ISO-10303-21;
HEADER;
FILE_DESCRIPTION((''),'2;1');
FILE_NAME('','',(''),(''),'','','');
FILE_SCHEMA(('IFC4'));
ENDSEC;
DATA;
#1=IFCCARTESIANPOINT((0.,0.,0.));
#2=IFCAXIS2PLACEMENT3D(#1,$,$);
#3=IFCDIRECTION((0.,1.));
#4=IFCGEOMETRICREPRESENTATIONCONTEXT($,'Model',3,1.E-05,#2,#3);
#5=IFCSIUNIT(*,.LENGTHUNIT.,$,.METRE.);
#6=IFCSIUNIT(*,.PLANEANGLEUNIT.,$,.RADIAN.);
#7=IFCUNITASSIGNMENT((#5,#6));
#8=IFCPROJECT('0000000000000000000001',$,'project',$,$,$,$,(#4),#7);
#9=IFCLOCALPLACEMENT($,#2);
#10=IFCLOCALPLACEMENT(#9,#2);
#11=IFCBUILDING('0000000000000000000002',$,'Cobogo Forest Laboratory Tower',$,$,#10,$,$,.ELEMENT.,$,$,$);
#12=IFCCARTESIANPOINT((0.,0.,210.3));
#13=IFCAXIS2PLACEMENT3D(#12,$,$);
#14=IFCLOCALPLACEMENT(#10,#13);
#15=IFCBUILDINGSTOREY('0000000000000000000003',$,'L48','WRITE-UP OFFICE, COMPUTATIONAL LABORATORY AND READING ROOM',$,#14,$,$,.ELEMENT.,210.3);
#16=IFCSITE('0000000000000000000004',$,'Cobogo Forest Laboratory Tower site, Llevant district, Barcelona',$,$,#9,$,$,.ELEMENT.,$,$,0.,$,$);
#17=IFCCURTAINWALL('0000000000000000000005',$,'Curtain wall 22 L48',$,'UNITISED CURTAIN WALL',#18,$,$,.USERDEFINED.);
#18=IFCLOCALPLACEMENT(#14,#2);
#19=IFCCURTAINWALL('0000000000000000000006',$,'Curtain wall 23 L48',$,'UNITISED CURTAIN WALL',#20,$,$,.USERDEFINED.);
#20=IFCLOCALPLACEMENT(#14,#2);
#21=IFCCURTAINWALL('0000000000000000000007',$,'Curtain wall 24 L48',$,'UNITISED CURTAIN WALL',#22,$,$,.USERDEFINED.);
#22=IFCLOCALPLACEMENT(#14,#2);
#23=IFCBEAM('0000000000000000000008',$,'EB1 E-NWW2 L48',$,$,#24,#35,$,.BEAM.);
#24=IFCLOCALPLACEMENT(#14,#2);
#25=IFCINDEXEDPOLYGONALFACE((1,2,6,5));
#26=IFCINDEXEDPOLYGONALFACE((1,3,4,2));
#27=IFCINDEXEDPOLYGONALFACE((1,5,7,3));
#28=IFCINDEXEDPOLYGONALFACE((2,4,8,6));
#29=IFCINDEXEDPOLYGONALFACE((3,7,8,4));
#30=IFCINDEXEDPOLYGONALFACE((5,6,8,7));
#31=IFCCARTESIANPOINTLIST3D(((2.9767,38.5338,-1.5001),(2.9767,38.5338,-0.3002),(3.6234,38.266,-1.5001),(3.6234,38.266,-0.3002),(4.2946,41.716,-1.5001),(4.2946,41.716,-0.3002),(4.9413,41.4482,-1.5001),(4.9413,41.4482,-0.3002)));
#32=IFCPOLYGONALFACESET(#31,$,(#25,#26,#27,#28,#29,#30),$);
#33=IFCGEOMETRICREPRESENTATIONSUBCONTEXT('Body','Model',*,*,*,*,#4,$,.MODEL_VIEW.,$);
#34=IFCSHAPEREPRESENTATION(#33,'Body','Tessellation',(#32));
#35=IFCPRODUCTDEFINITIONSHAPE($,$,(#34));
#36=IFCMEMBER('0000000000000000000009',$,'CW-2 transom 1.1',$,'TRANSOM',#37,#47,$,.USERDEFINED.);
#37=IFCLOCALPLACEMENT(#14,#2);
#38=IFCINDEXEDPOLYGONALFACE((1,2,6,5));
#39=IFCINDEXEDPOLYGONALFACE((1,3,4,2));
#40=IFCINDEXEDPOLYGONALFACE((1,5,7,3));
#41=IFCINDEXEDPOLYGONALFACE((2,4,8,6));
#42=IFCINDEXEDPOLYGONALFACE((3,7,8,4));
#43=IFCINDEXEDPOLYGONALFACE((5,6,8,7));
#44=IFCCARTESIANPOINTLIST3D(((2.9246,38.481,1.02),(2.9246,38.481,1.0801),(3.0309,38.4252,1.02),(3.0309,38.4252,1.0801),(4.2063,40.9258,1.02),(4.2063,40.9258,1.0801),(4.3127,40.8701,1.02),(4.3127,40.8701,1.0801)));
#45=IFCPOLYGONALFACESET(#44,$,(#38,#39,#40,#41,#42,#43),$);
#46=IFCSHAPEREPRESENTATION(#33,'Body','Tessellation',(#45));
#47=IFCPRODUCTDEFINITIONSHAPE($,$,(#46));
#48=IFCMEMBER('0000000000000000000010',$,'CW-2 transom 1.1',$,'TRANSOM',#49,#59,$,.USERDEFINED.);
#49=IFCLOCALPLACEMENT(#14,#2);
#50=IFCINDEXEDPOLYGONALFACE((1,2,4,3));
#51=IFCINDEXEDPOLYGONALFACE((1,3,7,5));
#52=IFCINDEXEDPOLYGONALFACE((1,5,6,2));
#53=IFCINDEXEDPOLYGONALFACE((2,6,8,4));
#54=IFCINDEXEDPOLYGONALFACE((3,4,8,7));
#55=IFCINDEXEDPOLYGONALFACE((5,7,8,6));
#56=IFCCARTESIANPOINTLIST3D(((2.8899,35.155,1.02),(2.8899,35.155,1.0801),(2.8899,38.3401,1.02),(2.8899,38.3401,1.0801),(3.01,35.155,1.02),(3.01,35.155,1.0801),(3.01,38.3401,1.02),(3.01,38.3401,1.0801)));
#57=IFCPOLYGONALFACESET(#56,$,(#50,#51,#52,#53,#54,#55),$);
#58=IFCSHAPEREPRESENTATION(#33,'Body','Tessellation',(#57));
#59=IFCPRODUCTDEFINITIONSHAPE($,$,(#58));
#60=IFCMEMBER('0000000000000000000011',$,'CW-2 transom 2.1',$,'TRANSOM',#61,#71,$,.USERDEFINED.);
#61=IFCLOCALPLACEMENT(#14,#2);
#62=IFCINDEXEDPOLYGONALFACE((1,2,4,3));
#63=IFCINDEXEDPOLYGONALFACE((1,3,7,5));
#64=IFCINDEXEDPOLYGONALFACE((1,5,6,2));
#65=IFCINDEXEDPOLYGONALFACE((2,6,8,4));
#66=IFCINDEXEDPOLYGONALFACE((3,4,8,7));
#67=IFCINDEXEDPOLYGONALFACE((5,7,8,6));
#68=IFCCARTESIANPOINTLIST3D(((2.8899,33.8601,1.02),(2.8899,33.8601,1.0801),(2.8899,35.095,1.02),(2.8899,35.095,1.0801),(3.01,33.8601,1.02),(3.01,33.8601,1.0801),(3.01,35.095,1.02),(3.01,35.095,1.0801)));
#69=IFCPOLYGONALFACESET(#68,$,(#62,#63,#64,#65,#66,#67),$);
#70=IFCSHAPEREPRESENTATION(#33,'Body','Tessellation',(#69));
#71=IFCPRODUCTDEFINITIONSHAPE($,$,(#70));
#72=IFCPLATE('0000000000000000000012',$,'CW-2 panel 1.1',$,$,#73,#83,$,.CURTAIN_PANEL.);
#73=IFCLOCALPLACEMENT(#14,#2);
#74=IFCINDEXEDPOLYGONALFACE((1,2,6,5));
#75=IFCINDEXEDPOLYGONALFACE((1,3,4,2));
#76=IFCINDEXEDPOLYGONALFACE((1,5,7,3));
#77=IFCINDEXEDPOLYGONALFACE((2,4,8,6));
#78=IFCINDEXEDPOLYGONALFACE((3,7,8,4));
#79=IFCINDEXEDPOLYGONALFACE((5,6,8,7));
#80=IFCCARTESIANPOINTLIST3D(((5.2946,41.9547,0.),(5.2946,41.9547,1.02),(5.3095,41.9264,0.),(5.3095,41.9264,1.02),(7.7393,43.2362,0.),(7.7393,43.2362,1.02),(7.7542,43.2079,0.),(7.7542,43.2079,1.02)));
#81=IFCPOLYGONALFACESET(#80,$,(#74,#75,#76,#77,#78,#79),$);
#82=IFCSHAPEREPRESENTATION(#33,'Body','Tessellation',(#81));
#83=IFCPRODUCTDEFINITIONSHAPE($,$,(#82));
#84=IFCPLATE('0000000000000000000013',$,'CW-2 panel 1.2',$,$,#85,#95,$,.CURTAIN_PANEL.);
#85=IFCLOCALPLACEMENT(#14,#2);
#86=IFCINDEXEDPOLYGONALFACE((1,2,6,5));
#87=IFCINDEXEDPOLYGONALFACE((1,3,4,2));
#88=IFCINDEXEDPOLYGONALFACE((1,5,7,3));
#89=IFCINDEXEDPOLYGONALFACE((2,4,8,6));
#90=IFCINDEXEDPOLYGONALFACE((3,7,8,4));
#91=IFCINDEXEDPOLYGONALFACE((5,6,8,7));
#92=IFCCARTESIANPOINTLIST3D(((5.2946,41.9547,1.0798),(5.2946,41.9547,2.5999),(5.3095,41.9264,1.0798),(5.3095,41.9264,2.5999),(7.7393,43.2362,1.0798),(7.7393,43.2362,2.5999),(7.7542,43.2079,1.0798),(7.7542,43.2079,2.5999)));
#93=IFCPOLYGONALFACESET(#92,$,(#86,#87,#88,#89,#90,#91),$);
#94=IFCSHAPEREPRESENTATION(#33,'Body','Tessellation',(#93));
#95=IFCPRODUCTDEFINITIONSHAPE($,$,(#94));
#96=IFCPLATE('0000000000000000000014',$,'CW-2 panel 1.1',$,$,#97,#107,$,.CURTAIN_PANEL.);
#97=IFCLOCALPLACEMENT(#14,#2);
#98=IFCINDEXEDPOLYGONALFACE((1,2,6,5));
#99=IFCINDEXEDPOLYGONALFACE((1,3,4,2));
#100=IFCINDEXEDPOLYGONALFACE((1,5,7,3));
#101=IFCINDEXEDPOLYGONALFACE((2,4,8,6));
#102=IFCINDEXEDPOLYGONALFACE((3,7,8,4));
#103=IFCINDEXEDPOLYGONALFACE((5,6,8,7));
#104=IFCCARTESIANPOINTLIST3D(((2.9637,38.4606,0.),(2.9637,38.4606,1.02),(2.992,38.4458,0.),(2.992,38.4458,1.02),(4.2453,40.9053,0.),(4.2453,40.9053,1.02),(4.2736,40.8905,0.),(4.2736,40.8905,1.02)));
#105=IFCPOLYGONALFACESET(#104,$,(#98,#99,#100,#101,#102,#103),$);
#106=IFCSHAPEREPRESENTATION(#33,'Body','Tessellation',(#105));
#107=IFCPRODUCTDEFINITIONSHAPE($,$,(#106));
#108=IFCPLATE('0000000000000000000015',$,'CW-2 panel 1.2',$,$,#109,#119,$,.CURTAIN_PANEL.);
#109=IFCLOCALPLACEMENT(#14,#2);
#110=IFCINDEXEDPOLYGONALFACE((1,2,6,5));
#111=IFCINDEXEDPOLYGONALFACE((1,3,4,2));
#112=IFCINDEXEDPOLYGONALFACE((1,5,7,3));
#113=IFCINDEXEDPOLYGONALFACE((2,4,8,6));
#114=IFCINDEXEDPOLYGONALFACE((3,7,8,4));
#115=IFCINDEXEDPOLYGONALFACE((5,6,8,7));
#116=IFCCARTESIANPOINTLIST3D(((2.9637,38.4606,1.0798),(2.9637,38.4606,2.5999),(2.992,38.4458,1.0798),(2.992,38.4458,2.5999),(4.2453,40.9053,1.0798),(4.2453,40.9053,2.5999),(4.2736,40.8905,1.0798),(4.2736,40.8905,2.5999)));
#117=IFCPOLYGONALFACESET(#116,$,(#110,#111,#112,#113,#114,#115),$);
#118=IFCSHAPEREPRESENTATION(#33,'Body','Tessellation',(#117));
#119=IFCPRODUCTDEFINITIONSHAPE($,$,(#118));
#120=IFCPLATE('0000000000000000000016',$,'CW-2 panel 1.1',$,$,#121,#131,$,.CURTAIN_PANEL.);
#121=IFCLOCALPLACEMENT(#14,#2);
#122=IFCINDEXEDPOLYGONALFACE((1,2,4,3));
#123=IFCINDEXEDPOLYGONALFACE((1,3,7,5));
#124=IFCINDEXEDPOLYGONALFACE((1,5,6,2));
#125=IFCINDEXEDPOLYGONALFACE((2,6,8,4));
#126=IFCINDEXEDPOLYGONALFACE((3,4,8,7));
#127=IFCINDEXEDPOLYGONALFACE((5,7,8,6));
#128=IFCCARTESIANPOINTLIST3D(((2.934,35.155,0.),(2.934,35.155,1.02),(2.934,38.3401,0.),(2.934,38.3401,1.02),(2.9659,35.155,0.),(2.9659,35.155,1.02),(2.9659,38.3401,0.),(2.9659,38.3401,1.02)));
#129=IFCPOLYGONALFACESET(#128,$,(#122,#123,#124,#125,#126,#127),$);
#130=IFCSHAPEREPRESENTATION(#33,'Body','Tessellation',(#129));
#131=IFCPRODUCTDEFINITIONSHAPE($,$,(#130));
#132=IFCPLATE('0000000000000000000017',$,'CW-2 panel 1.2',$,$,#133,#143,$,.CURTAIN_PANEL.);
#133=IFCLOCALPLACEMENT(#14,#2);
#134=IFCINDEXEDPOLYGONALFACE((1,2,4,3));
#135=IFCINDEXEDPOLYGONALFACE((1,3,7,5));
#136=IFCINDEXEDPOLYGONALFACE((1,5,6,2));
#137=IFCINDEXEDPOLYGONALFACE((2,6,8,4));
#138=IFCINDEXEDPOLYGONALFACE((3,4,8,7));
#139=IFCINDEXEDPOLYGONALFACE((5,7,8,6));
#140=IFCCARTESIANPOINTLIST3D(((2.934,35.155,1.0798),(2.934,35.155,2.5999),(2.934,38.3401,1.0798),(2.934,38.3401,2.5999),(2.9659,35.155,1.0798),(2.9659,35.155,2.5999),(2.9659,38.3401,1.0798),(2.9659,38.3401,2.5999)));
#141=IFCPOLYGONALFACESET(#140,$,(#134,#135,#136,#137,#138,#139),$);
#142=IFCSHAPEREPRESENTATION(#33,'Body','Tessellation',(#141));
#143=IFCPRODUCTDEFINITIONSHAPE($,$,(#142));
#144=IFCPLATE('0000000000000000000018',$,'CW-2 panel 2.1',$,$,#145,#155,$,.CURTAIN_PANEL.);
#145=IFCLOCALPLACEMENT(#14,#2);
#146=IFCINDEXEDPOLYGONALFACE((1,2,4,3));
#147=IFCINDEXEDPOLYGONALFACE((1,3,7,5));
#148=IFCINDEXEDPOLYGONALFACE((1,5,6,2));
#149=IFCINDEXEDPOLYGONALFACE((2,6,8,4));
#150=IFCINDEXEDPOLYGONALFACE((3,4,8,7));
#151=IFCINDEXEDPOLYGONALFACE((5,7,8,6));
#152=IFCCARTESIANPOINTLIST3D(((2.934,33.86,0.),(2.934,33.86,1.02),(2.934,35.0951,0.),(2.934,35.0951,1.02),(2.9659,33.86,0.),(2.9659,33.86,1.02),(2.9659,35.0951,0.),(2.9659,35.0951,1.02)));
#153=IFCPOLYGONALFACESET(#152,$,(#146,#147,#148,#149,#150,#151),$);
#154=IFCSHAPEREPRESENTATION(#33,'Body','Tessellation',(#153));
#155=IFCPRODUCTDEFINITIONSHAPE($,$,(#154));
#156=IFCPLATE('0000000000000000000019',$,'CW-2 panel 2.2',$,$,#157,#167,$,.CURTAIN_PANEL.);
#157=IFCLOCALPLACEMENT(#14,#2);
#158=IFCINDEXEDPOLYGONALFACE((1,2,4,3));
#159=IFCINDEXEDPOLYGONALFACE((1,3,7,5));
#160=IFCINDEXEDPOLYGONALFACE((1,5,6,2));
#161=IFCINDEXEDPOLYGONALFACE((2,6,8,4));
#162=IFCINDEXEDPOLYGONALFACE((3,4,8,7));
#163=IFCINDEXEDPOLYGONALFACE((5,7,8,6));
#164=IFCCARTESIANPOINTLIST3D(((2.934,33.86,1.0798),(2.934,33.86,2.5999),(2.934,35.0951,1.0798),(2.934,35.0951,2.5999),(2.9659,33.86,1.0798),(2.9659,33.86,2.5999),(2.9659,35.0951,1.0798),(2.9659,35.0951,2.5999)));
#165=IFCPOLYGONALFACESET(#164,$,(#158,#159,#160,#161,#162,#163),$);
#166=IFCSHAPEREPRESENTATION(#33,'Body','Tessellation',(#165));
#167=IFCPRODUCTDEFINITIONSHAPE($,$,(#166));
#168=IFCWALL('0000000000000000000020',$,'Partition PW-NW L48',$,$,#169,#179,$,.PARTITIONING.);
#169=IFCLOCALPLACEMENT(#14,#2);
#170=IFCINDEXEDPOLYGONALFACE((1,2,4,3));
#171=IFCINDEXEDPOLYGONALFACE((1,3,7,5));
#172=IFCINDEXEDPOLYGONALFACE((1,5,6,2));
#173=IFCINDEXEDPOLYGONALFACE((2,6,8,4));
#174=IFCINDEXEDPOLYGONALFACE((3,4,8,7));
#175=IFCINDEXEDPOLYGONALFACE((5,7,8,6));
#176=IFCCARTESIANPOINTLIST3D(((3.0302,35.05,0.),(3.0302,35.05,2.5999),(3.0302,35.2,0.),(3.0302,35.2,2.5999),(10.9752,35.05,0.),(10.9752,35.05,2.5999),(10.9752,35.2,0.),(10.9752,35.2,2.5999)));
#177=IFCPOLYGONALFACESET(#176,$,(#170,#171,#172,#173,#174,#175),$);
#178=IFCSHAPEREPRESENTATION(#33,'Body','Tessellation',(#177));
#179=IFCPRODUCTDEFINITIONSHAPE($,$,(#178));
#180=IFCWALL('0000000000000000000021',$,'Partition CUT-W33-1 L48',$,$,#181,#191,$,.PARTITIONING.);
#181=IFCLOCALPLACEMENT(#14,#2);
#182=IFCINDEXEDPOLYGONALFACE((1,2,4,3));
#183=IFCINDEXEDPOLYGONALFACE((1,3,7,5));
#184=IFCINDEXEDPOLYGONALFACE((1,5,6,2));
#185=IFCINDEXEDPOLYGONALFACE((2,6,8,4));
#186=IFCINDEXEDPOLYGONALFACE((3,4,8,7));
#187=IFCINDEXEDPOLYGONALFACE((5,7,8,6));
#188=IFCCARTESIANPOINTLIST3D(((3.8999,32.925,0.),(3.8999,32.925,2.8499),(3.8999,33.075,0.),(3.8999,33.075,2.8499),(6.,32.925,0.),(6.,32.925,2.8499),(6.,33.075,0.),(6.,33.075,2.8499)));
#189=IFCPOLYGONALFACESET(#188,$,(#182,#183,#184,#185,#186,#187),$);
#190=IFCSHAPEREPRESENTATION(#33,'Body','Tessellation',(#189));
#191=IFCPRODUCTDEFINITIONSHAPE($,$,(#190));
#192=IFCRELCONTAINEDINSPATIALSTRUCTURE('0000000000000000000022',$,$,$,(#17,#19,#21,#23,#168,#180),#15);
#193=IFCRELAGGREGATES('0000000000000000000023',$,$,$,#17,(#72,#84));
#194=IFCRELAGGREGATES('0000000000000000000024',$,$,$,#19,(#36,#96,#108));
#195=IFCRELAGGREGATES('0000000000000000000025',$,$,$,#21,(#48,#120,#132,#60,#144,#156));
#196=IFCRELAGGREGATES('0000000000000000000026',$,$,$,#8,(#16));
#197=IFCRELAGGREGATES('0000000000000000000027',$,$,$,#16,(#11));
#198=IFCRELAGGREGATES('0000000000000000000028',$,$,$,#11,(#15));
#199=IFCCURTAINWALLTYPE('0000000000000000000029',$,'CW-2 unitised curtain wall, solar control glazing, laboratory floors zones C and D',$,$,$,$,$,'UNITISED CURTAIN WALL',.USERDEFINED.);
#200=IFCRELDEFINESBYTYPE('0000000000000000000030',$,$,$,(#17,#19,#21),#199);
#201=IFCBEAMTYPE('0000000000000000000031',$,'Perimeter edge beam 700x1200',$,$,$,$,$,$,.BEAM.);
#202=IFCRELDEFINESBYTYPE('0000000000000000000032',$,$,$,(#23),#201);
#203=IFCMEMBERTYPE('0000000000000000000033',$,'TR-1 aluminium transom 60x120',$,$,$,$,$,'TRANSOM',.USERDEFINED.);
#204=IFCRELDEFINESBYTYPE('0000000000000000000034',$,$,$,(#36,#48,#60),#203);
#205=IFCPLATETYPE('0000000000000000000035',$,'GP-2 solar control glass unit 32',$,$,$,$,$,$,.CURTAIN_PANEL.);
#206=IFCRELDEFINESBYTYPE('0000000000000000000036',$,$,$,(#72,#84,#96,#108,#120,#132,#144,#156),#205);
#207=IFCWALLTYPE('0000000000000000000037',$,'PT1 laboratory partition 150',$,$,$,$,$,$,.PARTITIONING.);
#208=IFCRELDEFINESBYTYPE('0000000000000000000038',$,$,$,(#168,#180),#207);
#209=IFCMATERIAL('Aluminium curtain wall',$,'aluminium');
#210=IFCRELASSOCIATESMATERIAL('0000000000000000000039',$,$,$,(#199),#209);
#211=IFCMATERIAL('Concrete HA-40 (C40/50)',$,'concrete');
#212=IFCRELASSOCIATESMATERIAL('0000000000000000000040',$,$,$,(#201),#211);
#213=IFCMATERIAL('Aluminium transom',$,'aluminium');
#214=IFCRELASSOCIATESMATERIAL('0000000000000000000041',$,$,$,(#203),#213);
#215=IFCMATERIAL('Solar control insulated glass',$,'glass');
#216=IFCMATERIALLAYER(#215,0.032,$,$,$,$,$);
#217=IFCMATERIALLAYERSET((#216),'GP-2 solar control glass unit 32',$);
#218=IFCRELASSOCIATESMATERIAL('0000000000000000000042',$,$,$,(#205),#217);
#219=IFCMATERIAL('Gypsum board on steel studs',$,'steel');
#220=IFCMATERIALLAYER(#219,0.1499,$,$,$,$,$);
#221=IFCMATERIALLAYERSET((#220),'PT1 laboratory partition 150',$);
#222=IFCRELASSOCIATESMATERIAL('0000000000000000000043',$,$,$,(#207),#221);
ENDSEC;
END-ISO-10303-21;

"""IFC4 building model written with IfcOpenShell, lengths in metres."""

from ifc_helpers import new_model, si_unit, direction, frame, frame_2d, origin, origin_2d, place, context, subcontext, project, spatial, rectangle, extrude, material, layer, layer_set, material_profile, profile_set, type_object, element, aggregate, save


model = new_model("IFC4")

# Units and contexts
model_context = context("Model", 3, precision=1e-05, world=origin(), true_north=direction((0.0, 1.0)))
body_context = subcontext(model_context, "Body", "Model", "MODEL_VIEW")
ifc_project = project(units=[si_unit("LENGTHUNIT", "METRE"), si_unit("PLANEANGLEUNIT", "RADIAN")], contexts=[model_context])

# Site, building, storey
site_placement = place(None, origin())
site = spatial("IfcSite", under=ifc_project, at=site_placement, Name="Cobogo Forest Laboratory Tower site, Llevant district, Barcelona", CompositionType="ELEMENT", RefElevation=0.0)
building_placement = place(site_placement, origin())
building = spatial("IfcBuilding", under=site, at=building_placement, Name="Cobogo Forest Laboratory Tower", CompositionType="ELEMENT")
storey_placement = place(building_placement, frame((0.0, 0.0, 210.3)))
storey = spatial("IfcBuildingStorey", under=building, at=storey_placement, Name="L48", Description="WRITE-UP OFFICE, COMPUTATIONAL LABORATORY AND READING ROOM", CompositionType="ELEMENT", Elevation=210.3)

# Curtain wall
ifc_material_1 = material(Name="Aluminium curtain wall", Category="aluminium")
curtain_wall_type = type_object("IfcCurtainWallType", Name="CW-2 unitised curtain wall, solar control glazing, laboratory floors zones C and D", ElementType="UNITISED CURTAIN WALL", PredefinedType="USERDEFINED", material=ifc_material_1)
curtain_wall_1_placement = place(storey_placement, origin())
curtain_wall_1 = element("IfcCurtainWall", 1, at=curtain_wall_1_placement, inside=storey, type_object=curtain_wall_type, Name="Curtain wall 22 L48", ObjectType="UNITISED CURTAIN WALL", PredefinedType="USERDEFINED")

# Curtain walls
curtain_wall_2_placement = place(storey_placement, origin())
curtain_wall_2 = element("IfcCurtainWall", 2, at=curtain_wall_2_placement, inside=storey, type_object=curtain_wall_type, Name="Curtain wall 23 L48", ObjectType="UNITISED CURTAIN WALL", PredefinedType="USERDEFINED")
curtain_wall_3_placement = place(storey_placement, origin())
curtain_wall_3 = element("IfcCurtainWall", 3, at=curtain_wall_3_placement, inside=storey, type_object=curtain_wall_type, Name="Curtain wall 24 L48", ObjectType="UNITISED CURTAIN WALL", PredefinedType="USERDEFINED")

# Beam
ifc_material_2 = material(Name="Concrete HA-40 (C40/50)", Category="concrete")
ifc_material_profile_1 = material_profile(ifc_material_2, rectangle(XDim=0.7, YDim=1.2, at=origin_2d()), Name="RC 700x1200")
ifc_profile_set_1 = profile_set([ifc_material_profile_1], Name="Concrete HA-40 (C40/50)")
beam_type_1 = type_object("IfcBeamType", Name="Perimeter edge beam 700x1200", PredefinedType="BEAM", material=ifc_profile_set_1)
beam_1_placement = place(storey_placement, frame((3.3, 38.3999, -0.9001), z_axis=(0.382631, 0.923901, 0.0), x_axis=(-0.923901, 0.382631, 0.0)))
element("IfcBeam", 4, at=beam_1_placement, inside=storey, type_object=beam_type_1, Name="EB1 E-NWW2 L48", PredefinedType="BEAM", context=body_context, shape_type="SweptSolid", body=[
    extrude(rectangle(XDim=0.7, YDim=1.2, at=origin_2d()), origin(), (0.0, 0.0, 1.0), 3.4443),
])

# Members
ifc_material_3 = material(Name="Aluminium transom", Category="aluminium")
ifc_material_profile_2 = material_profile(ifc_material_3, rectangle(XDim=0.1201, YDim=0.0601, at=origin_2d()), Name="AL 60x120")
ifc_profile_set_2 = profile_set([ifc_material_profile_2], Name="Aluminium transom")
member_type_1 = type_object("IfcMemberType", Name="TR-1 aluminium transom 60x120", ElementType="TRANSOM", PredefinedType="USERDEFINED", material=ifc_profile_set_2)
member_1_placement = place(storey_placement, frame((4.2595, 40.8979, 1.05), z_axis=(-0.464324, -0.885665, 0.0), x_axis=(0.885665, -0.464324, 0.0)))
member_1 = element("IfcMember", 5, at=member_1_placement, type_object=member_type_1, Name="CW-2 transom 1.1", ObjectType="TRANSOM", PredefinedType="USERDEFINED", context=body_context, shape_type="SweptSolid", body=[
    extrude(rectangle(XDim=0.1201, YDim=0.0601, at=origin_2d()), origin(), (0.0, 0.0, 1.0), 2.7605),
])
member_2_placement = place(storey_placement, frame((2.95, 38.3401, 1.05), z_axis=(0.0, -1.0, 0.0), x_axis=(1.0, 0.0, 0.0)))
member_2 = element("IfcMember", 6, at=member_2_placement, type_object=member_type_1, Name="CW-2 transom 1.1", ObjectType="TRANSOM", PredefinedType="USERDEFINED", context=body_context, shape_type="SweptSolid", body=[
    extrude(rectangle(XDim=0.1201, YDim=0.0601, at=origin_2d()), origin(), (0.0, 0.0, 1.0), 3.1851),
])
member_3_placement = place(storey_placement, frame((2.95, 35.095, 1.05), z_axis=(0.0, -1.0, 0.0), x_axis=(1.0, 0.0, 0.0)))
member_3 = element("IfcMember", 7, at=member_3_placement, type_object=member_type_1, Name="CW-2 transom 2.1", ObjectType="TRANSOM", PredefinedType="USERDEFINED", context=body_context, shape_type="SweptSolid", body=[
    extrude(rectangle(XDim=0.1201, YDim=0.0601, at=origin_2d()), origin(), (0.0, 0.0, 1.0), 1.2349),
])

# Plates
ifc_material_4 = material(Name="Solar control insulated glass", Category="glass")
ifc_layer_1 = layer(ifc_material_4, 0.032)
ifc_layer_set_1 = layer_set([ifc_layer_1], Name="GP-2 solar control glass unit 32")
plate_type = type_object("IfcPlateType", Name="GP-2 solar control glass unit 32", PredefinedType="CURTAIN_PANEL", material=ifc_layer_set_1)
plate_1_placement = place(storey_placement, frame((6.5244, 42.5813, 0.0), z_axis=(0.0, 0.0, 1.0), x_axis=(-0.885686, -0.464284, 0.0)))
plate_1 = element("IfcPlate", 8, at=plate_1_placement, type_object=plate_type, Name="CW-2 panel 1.1", PredefinedType="CURTAIN_PANEL", context=body_context, shape_type="SweptSolid", body=[
    extrude(rectangle(XDim=2.7603, YDim=0.032, at=origin_2d()), origin(), (0.0, 0.0, 1.0), 1.02),
])
plate_2_placement = place(storey_placement, frame((6.5244, 42.5813, 1.0798), z_axis=(0.0, 0.0, 1.0), x_axis=(-0.885686, -0.464284, 0.0)))
plate_2 = element("IfcPlate", 9, at=plate_2_placement, type_object=plate_type, Name="CW-2 panel 1.2", PredefinedType="CURTAIN_PANEL", context=body_context, shape_type="SweptSolid", body=[
    extrude(rectangle(XDim=2.7603, YDim=0.032, at=origin_2d()), origin(), (0.0, 0.0, 1.0), 1.52),
])
aggregate(curtain_wall_1, [plate_1, plate_2])
plate_3_placement = place(storey_placement, frame((3.6187, 39.6755, 0.0), z_axis=(0.0, 0.0, 1.0), x_axis=(-0.464284, -0.885686, 0.0)))
plate_3 = element("IfcPlate", 10, at=plate_3_placement, type_object=plate_type, Name="CW-2 panel 1.1", PredefinedType="CURTAIN_PANEL", context=body_context, shape_type="SweptSolid", body=[
    extrude(rectangle(XDim=2.7603, YDim=0.032, at=origin_2d()), origin(), (0.0, 0.0, 1.0), 1.02),
])
plate_4_placement = place(storey_placement, frame((3.6187, 39.6755, 1.0798), z_axis=(0.0, 0.0, 1.0), x_axis=(-0.464284, -0.885686, 0.0)))
plate_4 = element("IfcPlate", 11, at=plate_4_placement, type_object=plate_type, Name="CW-2 panel 1.2", PredefinedType="CURTAIN_PANEL", context=body_context, shape_type="SweptSolid", body=[
    extrude(rectangle(XDim=2.7603, YDim=0.032, at=origin_2d()), origin(), (0.0, 0.0, 1.0), 1.52),
])
aggregate(curtain_wall_2, [member_1, plate_3, plate_4])
plate_5_placement = place(storey_placement, frame((2.95, 36.7476, 0.0), z_axis=(0.0, 0.0, 1.0), x_axis=(0.0, -1.0, 0.0)))
plate_5 = element("IfcPlate", 12, at=plate_5_placement, type_object=plate_type, Name="CW-2 panel 1.1", PredefinedType="CURTAIN_PANEL", context=body_context, shape_type="SweptSolid", body=[
    extrude(rectangle(XDim=3.1851, YDim=0.032, at=origin_2d()), origin(), (0.0, 0.0, 1.0), 1.02),
])
plate_6_placement = place(storey_placement, frame((2.95, 36.7476, 1.0798), z_axis=(0.0, 0.0, 1.0), x_axis=(0.0, -1.0, 0.0)))
plate_6 = element("IfcPlate", 13, at=plate_6_placement, type_object=plate_type, Name="CW-2 panel 1.2", PredefinedType="CURTAIN_PANEL", context=body_context, shape_type="SweptSolid", body=[
    extrude(rectangle(XDim=3.1851, YDim=0.032, at=origin_2d()), origin(), (0.0, 0.0, 1.0), 1.52),
])
plate_7_placement = place(storey_placement, frame((2.95, 34.4775, 0.0), z_axis=(0.0, 0.0, 1.0), x_axis=(0.0, -1.0, 0.0)))
plate_7 = element("IfcPlate", 14, at=plate_7_placement, type_object=plate_type, Name="CW-2 panel 2.1", PredefinedType="CURTAIN_PANEL", context=body_context, shape_type="SweptSolid", body=[
    extrude(rectangle(XDim=1.2351, YDim=0.032, at=origin_2d()), origin(), (0.0, 0.0, 1.0), 1.02),
])
plate_8_placement = place(storey_placement, frame((2.95, 34.4775, 1.0798), z_axis=(0.0, 0.0, 1.0), x_axis=(0.0, -1.0, 0.0)))
plate_8 = element("IfcPlate", 15, at=plate_8_placement, type_object=plate_type, Name="CW-2 panel 2.2", PredefinedType="CURTAIN_PANEL", context=body_context, shape_type="SweptSolid", body=[
    extrude(rectangle(XDim=1.2351, YDim=0.032, at=origin_2d()), origin(), (0.0, 0.0, 1.0), 1.52),
])
aggregate(curtain_wall_3, [member_2, plate_5, plate_6, member_3, plate_7, plate_8])

# Walls
ifc_material_5 = material(Name="Gypsum board on steel studs", Category="steel")
ifc_layer_2 = layer(ifc_material_5, 0.1499)
ifc_layer_set_2 = layer_set([ifc_layer_2], Name="PT1 laboratory partition 150")
wall_type = type_object("IfcWallType", Name="PT1 laboratory partition 150", PredefinedType="PARTITIONING", material=ifc_layer_set_2)
wall_1_placement = place(storey_placement, frame((3.03, 35.125, 0.0), z_axis=(0.0, 0.0, 1.0), x_axis=(1.0, 0.0, 0.0)))
element("IfcWall", 16, at=wall_1_placement, inside=storey, type_object=wall_type, Name="Partition PW-NW L48", PredefinedType="PARTITIONING", context=body_context, shape_type="SweptSolid", body=[
    extrude(rectangle(XDim=7.9451, YDim=0.1499, at=frame_2d((3.9727, 0.0))), origin(), (0.0, 0.0, 1.0), 2.5999),
])
wall_2_placement = place(storey_placement, frame((3.8999, 33.0, 0.0), z_axis=(0.0, 0.0, 1.0), x_axis=(1.0, 0.0, 0.0)))
element("IfcWall", 17, at=wall_2_placement, inside=storey, type_object=wall_type, Name="Partition CUT-W33-1 L48", PredefinedType="PARTITIONING", context=body_context, shape_type="SweptSolid", body=[
    extrude(rectangle(XDim=2.1001, YDim=0.1499, at=frame_2d((1.05, 0.0))), origin(), (0.0, 0.0, 1.0), 2.8499),
])

save(model, "model.ifc")
